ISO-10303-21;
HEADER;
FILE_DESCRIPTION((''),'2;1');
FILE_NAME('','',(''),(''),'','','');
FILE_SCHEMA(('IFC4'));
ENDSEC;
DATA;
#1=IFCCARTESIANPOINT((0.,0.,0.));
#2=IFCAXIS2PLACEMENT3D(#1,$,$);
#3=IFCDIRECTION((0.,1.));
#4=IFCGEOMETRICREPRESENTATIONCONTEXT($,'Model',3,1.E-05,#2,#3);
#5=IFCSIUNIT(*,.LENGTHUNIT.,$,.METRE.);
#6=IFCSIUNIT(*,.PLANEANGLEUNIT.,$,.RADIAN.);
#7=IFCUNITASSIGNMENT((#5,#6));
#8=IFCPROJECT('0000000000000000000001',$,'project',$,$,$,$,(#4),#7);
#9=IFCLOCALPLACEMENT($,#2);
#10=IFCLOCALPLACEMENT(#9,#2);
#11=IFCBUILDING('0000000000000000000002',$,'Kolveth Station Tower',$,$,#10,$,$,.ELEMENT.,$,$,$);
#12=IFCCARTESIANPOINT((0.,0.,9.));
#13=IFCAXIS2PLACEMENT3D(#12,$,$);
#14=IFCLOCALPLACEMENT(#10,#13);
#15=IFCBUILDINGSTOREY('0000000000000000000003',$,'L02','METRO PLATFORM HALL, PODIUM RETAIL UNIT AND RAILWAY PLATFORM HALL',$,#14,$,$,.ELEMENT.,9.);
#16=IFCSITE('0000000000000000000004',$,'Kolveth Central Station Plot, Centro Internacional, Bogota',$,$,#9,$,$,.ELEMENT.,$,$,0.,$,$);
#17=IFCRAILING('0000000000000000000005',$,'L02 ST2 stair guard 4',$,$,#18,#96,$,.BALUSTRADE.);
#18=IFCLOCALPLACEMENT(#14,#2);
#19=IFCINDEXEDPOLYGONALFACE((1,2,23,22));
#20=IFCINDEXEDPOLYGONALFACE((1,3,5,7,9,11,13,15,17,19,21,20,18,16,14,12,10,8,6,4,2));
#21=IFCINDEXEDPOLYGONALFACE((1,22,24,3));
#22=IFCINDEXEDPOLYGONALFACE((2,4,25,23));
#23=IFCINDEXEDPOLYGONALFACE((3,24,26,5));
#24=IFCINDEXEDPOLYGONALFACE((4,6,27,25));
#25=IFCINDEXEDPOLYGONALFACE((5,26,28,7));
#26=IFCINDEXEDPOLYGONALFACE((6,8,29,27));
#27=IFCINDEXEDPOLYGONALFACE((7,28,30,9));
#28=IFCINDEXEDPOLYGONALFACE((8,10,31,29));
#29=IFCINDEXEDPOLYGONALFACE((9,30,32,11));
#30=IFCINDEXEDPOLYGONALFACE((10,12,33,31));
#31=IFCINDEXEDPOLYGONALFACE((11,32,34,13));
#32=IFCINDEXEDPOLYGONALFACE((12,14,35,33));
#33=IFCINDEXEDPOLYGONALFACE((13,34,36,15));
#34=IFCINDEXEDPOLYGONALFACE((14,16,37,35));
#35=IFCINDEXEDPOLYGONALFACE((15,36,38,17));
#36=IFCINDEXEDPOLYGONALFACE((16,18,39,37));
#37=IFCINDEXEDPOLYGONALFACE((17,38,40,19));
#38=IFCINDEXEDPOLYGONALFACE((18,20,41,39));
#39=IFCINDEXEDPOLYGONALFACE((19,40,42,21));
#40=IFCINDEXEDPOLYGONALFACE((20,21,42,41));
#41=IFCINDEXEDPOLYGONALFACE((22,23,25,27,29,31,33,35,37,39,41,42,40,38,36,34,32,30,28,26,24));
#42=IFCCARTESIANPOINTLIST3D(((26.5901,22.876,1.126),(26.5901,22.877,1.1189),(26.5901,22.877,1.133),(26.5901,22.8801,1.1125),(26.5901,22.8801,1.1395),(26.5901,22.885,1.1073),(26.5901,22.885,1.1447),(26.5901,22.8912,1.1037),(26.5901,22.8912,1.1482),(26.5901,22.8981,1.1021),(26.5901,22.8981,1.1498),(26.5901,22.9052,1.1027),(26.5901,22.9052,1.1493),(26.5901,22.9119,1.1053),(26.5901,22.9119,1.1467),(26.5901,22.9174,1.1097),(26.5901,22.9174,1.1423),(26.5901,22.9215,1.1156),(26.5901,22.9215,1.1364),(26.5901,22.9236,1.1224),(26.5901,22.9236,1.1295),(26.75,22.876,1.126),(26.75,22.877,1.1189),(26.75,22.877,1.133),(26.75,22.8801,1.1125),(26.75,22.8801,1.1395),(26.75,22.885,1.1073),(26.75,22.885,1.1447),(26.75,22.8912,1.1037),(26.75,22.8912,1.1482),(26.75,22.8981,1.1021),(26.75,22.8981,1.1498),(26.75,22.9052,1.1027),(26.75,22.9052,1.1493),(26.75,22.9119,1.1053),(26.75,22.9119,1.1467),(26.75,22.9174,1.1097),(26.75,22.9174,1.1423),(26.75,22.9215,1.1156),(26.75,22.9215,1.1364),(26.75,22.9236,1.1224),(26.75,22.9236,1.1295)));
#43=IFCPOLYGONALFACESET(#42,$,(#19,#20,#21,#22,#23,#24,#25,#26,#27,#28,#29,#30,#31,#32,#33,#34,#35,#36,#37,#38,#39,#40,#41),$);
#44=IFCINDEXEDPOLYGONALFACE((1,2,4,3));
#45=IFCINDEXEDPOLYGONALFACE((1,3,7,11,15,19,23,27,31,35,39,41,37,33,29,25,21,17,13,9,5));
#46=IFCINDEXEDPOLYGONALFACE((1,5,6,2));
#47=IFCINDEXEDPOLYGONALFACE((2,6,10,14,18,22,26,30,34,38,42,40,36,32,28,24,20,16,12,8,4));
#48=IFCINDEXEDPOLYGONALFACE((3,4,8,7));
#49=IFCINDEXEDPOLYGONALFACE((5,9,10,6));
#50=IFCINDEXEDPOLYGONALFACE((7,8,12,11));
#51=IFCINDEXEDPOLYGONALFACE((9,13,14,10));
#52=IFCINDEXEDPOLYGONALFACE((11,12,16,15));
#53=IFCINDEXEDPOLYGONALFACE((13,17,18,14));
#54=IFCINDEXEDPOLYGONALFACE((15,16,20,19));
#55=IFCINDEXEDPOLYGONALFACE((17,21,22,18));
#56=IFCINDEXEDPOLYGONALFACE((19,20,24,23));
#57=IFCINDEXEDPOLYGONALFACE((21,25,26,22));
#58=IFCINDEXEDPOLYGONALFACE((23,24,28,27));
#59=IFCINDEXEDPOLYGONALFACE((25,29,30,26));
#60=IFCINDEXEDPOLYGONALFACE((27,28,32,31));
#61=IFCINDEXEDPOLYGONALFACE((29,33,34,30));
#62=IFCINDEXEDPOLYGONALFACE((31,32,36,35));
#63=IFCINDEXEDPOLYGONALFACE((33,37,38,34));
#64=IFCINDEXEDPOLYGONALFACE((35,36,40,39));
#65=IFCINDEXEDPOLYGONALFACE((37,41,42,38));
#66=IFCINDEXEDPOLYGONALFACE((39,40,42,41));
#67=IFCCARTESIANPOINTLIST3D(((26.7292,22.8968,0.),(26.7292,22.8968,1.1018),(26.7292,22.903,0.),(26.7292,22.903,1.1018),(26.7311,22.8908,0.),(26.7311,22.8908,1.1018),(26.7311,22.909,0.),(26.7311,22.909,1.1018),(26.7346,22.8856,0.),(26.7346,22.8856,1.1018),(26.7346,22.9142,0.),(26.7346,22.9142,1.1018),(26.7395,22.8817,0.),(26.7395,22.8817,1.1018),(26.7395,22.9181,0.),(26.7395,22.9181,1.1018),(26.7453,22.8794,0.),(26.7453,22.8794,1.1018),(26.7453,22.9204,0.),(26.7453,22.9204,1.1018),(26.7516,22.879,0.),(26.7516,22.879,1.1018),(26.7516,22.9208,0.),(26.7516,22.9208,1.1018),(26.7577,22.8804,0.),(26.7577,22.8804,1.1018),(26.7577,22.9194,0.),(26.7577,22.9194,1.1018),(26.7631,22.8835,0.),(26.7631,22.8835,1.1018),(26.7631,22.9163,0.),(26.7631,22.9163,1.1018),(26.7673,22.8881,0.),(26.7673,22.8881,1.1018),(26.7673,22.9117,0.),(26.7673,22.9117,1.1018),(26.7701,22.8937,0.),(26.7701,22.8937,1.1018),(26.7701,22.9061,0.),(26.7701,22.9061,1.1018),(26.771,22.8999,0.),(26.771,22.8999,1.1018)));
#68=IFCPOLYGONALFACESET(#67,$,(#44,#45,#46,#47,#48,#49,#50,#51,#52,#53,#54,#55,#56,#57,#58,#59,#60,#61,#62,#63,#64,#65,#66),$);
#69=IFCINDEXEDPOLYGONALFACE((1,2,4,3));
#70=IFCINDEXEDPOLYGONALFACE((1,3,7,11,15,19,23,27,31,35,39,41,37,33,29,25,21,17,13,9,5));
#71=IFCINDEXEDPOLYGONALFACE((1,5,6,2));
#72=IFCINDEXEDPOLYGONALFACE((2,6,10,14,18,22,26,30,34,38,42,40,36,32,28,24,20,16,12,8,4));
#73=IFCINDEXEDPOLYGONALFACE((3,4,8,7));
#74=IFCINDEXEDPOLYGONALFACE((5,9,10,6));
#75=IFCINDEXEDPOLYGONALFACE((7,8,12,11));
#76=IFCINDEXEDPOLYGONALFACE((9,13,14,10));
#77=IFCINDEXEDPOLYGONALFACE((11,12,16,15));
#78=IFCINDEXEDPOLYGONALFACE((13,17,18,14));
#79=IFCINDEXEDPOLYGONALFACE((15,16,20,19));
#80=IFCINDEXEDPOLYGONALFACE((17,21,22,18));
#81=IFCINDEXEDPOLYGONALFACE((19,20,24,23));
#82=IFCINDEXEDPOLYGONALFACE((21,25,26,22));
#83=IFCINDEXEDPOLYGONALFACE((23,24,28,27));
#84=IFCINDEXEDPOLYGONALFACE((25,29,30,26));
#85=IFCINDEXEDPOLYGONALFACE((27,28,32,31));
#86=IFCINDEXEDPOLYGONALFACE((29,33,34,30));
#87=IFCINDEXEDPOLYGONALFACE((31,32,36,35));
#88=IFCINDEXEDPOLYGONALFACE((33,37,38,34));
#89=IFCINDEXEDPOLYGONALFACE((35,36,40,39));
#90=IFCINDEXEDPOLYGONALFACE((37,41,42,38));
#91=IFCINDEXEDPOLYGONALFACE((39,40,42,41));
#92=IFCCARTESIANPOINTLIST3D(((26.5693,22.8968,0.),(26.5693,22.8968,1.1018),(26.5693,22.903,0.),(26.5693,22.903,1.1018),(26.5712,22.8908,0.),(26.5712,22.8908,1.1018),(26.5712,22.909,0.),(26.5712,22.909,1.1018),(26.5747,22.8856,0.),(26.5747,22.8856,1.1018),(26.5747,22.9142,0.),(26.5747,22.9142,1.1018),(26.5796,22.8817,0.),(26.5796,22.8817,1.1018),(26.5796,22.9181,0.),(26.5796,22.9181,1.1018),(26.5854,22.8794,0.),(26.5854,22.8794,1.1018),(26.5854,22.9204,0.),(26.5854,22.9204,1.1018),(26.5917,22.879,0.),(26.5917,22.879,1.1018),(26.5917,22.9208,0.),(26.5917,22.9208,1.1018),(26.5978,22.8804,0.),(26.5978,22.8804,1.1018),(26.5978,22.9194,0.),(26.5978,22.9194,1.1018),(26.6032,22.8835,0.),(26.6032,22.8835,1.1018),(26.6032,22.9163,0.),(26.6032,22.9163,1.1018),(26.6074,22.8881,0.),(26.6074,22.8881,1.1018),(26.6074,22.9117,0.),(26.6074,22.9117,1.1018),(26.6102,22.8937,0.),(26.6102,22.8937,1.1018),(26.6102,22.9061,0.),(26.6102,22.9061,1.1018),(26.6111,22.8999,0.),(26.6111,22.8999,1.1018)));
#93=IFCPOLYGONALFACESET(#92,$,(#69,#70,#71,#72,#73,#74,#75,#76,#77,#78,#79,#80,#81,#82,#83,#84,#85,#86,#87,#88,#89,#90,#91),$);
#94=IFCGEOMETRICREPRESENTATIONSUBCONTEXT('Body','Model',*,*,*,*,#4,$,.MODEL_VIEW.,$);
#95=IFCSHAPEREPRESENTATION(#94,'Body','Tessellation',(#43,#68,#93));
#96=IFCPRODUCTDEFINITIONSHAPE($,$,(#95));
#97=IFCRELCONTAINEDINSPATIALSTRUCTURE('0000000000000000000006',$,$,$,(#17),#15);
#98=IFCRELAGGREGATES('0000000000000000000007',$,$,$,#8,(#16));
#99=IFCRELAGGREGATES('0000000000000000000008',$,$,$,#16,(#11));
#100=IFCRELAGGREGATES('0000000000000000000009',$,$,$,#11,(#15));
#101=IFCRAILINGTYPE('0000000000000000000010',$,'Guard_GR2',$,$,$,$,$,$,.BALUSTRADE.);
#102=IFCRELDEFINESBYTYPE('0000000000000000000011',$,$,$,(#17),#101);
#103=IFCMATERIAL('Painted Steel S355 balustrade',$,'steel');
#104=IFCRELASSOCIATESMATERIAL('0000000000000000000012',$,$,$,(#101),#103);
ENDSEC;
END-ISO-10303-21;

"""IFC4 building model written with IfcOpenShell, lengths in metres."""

from ifc_helpers import new_model, si_unit, direction, frame, origin, origin_2d, place, context, subcontext, project, spatial, circle, extrude, material, type_object, element, save


model = new_model("IFC4")

# Units and contexts
model_context = context("Model", 3, precision=1e-05, world=origin(), true_north=direction((0.0, 1.0)))
body_context = subcontext(model_context, "Body", "Model", "MODEL_VIEW")
ifc_project = project(units=[si_unit("LENGTHUNIT", "METRE"), si_unit("PLANEANGLEUNIT", "RADIAN")], contexts=[model_context])

# Site, building, storey
site_placement = place(None, origin())
site = spatial("IfcSite", under=ifc_project, at=site_placement, Name="Kolveth Central Station Plot, Centro Internacional, Bogota", CompositionType="ELEMENT", RefElevation=0.0)
building_placement = place(site_placement, origin())
building = spatial("IfcBuilding", under=site, at=building_placement, Name="Kolveth Station Tower", CompositionType="ELEMENT")
storey_placement = place(building_placement, frame((0.0, 0.0, 9.0)))
storey = spatial("IfcBuildingStorey", under=building, at=storey_placement, Name="L02", Description="METRO PLATFORM HALL, PODIUM RETAIL UNIT AND RAILWAY PLATFORM HALL", CompositionType="ELEMENT", Elevation=9.0)

# Railing
ifc_material_1 = material(Name="Painted Steel S355 balustrade", Category="steel")
railing_type_1 = type_object("IfcRailingType", Name="Guard_GR2", PredefinedType="BALUSTRADE", material=ifc_material_1)
railing_1_placement = place(storey_placement, frame((26.75, 22.8999, 0.0)))
element("IfcRailing", 1, at=railing_1_placement, inside=storey, type_object=railing_type_1, Name="L02 ST2 stair guard 4", PredefinedType="BALUSTRADE", context=body_context, shape_type="SweptSolid", body=[
    extrude(circle(Radius=0.0239, at=origin_2d()), frame((0.0, 0.0, 1.126), z_axis=(-1.0, 0.0, 0.0), x_axis=(0.0, -1.0, 0.0)), (0.0, 0.0, 1.0), 0.1599),
    extrude(circle(Radius=0.021, at=origin_2d()), origin(), (0.0, 0.0, 1.0), 1.1018),
    extrude(circle(Radius=0.021, at=origin_2d()), frame((-0.1599, 0.0, 0.0)), (0.0, 0.0, 1.0), 1.1018),
])

save(model, "model.ifc")
